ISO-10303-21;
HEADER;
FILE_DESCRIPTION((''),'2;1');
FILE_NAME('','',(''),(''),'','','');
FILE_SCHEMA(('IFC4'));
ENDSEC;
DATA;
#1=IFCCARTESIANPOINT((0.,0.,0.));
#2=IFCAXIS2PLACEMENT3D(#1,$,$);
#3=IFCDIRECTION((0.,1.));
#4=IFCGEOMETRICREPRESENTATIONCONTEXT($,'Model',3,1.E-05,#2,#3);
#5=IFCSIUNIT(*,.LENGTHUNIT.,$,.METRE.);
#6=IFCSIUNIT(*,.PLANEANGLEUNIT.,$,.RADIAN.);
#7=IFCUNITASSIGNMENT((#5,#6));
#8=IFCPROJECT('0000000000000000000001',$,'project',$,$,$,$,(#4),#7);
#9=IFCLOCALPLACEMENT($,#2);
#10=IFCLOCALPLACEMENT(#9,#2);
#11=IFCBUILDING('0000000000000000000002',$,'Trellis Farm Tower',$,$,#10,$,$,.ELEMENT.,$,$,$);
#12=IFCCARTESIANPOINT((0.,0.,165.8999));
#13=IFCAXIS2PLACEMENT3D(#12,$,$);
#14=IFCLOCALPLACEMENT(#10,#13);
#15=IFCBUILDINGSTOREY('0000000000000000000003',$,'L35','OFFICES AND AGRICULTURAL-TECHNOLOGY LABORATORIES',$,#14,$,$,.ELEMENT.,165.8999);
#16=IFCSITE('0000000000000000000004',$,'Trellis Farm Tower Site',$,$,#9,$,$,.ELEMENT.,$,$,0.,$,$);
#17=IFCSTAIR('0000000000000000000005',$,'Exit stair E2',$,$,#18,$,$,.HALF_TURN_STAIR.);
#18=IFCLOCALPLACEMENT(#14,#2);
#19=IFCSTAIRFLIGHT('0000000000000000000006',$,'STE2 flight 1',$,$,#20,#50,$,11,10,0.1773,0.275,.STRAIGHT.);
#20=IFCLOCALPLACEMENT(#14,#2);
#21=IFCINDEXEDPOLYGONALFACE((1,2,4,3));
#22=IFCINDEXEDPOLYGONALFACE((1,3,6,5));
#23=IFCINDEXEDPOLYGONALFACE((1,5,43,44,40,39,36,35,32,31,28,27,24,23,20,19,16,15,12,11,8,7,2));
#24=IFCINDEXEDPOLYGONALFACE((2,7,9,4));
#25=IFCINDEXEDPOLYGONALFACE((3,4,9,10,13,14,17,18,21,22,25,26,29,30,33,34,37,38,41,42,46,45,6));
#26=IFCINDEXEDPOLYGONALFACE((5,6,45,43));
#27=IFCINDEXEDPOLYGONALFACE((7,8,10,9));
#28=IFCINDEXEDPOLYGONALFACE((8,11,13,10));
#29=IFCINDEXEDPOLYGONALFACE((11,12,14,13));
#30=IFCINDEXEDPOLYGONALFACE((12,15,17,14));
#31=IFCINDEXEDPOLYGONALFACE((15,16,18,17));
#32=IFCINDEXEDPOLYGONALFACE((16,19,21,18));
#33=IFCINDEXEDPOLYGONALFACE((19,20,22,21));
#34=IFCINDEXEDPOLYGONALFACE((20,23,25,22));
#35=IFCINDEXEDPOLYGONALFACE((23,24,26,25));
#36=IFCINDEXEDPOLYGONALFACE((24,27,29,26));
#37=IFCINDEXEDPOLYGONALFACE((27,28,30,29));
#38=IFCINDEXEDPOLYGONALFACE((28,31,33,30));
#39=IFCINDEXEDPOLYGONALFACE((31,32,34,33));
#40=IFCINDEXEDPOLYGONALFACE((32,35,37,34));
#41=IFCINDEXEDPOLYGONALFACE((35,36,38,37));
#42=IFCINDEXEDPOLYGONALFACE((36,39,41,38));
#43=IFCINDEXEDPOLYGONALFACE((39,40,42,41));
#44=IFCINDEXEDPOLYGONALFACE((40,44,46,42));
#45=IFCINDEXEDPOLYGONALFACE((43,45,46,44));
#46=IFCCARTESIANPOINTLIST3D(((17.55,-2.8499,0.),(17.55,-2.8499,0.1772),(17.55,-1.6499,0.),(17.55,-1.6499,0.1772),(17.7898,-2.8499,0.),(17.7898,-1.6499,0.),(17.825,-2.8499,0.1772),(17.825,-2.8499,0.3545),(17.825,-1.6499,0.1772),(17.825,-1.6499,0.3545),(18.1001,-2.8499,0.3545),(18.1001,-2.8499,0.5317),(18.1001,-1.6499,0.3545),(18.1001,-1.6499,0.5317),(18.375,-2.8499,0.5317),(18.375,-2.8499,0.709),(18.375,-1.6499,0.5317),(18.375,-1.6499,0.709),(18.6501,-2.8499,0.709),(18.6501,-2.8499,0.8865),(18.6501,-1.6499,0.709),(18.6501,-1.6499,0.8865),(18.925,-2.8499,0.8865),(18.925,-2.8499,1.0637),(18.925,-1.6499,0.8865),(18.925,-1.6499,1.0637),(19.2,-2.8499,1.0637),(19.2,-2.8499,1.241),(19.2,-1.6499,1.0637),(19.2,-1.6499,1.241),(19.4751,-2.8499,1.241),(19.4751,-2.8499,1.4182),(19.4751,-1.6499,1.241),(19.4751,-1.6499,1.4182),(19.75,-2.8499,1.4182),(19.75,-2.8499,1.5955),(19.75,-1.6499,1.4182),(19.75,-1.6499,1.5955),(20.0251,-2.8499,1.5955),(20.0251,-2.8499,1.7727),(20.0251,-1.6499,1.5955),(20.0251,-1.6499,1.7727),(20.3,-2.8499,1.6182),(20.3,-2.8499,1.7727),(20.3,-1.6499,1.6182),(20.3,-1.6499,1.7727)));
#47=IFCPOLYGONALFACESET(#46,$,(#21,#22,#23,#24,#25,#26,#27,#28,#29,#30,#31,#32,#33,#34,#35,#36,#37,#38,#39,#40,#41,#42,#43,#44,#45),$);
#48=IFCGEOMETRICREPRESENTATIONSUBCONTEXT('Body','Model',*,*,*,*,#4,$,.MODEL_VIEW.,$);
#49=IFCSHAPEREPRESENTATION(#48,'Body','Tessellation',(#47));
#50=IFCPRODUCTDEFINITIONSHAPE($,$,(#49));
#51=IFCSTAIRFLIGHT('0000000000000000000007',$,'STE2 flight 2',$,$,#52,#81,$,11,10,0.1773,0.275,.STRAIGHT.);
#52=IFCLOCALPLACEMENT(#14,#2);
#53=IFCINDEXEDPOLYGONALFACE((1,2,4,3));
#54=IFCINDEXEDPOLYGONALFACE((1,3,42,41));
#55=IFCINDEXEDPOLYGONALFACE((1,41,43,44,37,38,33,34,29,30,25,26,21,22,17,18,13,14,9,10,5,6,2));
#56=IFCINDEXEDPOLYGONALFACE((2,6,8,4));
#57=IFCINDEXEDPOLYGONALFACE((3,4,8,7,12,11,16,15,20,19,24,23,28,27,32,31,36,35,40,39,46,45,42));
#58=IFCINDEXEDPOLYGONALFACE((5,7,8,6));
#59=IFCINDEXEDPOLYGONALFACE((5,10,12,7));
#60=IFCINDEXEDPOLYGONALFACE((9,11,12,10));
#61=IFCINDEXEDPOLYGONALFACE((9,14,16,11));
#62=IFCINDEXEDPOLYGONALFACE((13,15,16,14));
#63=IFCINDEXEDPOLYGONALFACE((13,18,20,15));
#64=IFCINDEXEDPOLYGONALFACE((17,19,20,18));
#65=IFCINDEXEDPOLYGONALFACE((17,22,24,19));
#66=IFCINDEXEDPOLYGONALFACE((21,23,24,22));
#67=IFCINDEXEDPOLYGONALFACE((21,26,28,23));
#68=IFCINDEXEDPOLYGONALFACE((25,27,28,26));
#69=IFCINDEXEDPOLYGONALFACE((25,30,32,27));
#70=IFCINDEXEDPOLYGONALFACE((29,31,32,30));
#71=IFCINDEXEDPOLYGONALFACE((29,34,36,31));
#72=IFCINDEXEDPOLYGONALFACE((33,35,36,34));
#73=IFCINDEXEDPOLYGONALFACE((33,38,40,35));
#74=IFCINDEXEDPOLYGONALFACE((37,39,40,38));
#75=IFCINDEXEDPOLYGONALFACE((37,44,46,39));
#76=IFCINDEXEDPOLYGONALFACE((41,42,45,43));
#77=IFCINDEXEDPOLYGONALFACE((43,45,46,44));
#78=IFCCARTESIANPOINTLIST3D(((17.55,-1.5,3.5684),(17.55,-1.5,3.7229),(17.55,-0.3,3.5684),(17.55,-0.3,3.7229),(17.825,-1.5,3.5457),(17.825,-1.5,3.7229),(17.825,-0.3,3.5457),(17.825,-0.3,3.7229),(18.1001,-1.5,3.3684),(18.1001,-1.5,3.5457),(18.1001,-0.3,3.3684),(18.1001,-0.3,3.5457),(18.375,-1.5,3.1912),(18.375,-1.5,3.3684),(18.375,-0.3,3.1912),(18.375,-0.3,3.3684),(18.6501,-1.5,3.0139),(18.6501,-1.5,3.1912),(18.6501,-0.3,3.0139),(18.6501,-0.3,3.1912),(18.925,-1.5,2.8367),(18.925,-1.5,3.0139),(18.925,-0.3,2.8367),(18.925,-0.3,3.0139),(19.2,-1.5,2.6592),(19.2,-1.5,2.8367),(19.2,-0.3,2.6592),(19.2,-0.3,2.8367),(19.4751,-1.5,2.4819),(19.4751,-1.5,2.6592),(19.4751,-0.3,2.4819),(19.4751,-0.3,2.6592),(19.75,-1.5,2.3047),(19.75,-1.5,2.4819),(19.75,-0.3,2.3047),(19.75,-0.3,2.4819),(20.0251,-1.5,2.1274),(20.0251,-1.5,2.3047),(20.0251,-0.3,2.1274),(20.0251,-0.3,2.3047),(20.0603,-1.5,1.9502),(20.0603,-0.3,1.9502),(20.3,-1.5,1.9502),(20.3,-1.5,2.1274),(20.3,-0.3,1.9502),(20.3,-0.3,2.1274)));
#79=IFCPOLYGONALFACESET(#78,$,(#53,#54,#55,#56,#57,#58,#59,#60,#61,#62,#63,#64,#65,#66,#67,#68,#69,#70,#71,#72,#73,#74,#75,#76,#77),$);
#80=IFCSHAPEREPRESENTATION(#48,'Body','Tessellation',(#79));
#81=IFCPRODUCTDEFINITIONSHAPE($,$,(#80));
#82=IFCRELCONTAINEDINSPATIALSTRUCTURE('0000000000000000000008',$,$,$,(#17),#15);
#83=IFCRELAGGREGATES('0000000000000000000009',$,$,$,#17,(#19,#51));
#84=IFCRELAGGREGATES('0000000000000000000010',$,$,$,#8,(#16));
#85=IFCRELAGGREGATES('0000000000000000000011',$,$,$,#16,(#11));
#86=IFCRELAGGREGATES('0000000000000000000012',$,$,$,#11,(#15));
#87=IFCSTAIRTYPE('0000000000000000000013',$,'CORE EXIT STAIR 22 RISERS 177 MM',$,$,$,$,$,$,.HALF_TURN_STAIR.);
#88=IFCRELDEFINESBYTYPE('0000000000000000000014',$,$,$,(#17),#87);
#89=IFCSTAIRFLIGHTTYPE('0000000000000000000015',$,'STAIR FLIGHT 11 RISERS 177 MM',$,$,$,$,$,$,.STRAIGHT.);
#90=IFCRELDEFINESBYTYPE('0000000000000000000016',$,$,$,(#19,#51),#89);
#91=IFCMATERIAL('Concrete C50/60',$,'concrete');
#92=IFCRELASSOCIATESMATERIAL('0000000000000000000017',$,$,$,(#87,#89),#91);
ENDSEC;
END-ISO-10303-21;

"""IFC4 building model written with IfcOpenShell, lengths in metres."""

from ifc_helpers import new_model, si_unit, direction, frame, origin, place, context, subcontext, project, spatial, polyline, outline, extrude, source, transform, mapped, material, type_object, element, aggregate, save


model = new_model("IFC4")

# Units and contexts
model_context = context("Model", 3, precision=1e-05, world=origin(), true_north=direction((0.0, 1.0)))
body_context = subcontext(model_context, "Body", "Model", "MODEL_VIEW")
ifc_project = project(units=[si_unit("LENGTHUNIT", "METRE"), si_unit("PLANEANGLEUNIT", "RADIAN")], contexts=[model_context])

# Site, building, storey
site_placement = place(None, origin())
site = spatial("IfcSite", under=ifc_project, at=site_placement, Name="Trellis Farm Tower Site", CompositionType="ELEMENT", RefElevation=0.0)
building_placement = place(site_placement, origin())
building = spatial("IfcBuilding", under=site, at=building_placement, Name="Trellis Farm Tower", CompositionType="ELEMENT")
storey_placement = place(building_placement, frame((0.0, 0.0, 165.8999)))
storey = spatial("IfcBuildingStorey", under=building, at=storey_placement, Name="L35", Description="OFFICES AND AGRICULTURAL-TECHNOLOGY LABORATORIES", CompositionType="ELEMENT", Elevation=165.8999)

# Shared definitions
placement = place(storey_placement, origin())

# Stair, stair flights
ifc_material_1 = material(Name="Concrete C50/60", Category="concrete")
stair_type = type_object("IfcStairType", Name="CORE EXIT STAIR 22 RISERS 177 MM", PredefinedType="HALF_TURN_STAIR", material=ifc_material_1)
stair_flight_type = type_object("IfcStairFlightType", Name="STAIR FLIGHT 11 RISERS 177 MM", PredefinedType="STRAIGHT", material=ifc_material_1)
shared_shape_1 = source(origin(), body_context, "Body", "SweptSolid", [
    extrude(outline(polyline([(0.0, 0.0), (0.0, 0.1772), (0.2749, 0.1772), (0.2749, 0.3545), (0.55, 0.3545), (0.55, 0.5317), (0.825, 0.5317), (0.825, 0.709), (1.1001, 0.709), (1.1001, 0.8865), (1.375, 0.8865), (1.375, 1.0637), (1.6499, 1.0637), (1.6499, 1.241), (1.925, 1.241), (1.925, 1.4182), (2.2, 1.4182), (2.2, 1.5955), (2.4751, 1.5955), (2.4751, 1.7727), (2.75, 1.7727), (2.75, 1.95), (2.75, 1.6182), (0.2397, 0.0), (0.0, 0.0)])), frame((0.0, 0.6001, 0.0), z_axis=(0.0, -1.0, 0.0), x_axis=(1.0, 0.0, 0.0)), (0.0, 0.0, 1.0), 1.2),
])
stair_1 = element("IfcStair", 1, at=placement, inside=storey, type_object=stair_type, Name="Exit stair E2", PredefinedType="HALF_TURN_STAIR")
stair_flight_1_placement = place(storey_placement, frame((17.55, -2.25, 0.0), z_axis=(0.0, 0.0, 1.0), x_axis=(1.0, 0.0, 0.0)))
stair_flight_1 = element("IfcStairFlight", 2, at=stair_flight_1_placement, type_object=stair_flight_type, Name="STE2 flight 1", NumberOfRisers=11, NumberOfTreads=10, PredefinedType="STRAIGHT", RiserHeight=0.1773, TreadLength=0.275, context=body_context, shape_type="MappedRepresentation", body=[
    mapped(shared_shape_1, transform((0.0, 0.0, 0.0))),
])
stair_flight_2_placement = place(storey_placement, frame((20.3, -0.8999, 1.9502), z_axis=(0.0, 0.0, 1.0), x_axis=(-1.0, 0.0, 0.0)))
stair_flight_2 = element("IfcStairFlight", 3, at=stair_flight_2_placement, type_object=stair_flight_type, Name="STE2 flight 2", NumberOfRisers=11, NumberOfTreads=10, PredefinedType="STRAIGHT", RiserHeight=0.1773, TreadLength=0.275, context=body_context, shape_type="MappedRepresentation", body=[
    mapped(shared_shape_1, transform((0.0, 0.0, 0.0))),
])
aggregate(stair_1, [stair_flight_1, stair_flight_2])

save(model, "model.ifc")
